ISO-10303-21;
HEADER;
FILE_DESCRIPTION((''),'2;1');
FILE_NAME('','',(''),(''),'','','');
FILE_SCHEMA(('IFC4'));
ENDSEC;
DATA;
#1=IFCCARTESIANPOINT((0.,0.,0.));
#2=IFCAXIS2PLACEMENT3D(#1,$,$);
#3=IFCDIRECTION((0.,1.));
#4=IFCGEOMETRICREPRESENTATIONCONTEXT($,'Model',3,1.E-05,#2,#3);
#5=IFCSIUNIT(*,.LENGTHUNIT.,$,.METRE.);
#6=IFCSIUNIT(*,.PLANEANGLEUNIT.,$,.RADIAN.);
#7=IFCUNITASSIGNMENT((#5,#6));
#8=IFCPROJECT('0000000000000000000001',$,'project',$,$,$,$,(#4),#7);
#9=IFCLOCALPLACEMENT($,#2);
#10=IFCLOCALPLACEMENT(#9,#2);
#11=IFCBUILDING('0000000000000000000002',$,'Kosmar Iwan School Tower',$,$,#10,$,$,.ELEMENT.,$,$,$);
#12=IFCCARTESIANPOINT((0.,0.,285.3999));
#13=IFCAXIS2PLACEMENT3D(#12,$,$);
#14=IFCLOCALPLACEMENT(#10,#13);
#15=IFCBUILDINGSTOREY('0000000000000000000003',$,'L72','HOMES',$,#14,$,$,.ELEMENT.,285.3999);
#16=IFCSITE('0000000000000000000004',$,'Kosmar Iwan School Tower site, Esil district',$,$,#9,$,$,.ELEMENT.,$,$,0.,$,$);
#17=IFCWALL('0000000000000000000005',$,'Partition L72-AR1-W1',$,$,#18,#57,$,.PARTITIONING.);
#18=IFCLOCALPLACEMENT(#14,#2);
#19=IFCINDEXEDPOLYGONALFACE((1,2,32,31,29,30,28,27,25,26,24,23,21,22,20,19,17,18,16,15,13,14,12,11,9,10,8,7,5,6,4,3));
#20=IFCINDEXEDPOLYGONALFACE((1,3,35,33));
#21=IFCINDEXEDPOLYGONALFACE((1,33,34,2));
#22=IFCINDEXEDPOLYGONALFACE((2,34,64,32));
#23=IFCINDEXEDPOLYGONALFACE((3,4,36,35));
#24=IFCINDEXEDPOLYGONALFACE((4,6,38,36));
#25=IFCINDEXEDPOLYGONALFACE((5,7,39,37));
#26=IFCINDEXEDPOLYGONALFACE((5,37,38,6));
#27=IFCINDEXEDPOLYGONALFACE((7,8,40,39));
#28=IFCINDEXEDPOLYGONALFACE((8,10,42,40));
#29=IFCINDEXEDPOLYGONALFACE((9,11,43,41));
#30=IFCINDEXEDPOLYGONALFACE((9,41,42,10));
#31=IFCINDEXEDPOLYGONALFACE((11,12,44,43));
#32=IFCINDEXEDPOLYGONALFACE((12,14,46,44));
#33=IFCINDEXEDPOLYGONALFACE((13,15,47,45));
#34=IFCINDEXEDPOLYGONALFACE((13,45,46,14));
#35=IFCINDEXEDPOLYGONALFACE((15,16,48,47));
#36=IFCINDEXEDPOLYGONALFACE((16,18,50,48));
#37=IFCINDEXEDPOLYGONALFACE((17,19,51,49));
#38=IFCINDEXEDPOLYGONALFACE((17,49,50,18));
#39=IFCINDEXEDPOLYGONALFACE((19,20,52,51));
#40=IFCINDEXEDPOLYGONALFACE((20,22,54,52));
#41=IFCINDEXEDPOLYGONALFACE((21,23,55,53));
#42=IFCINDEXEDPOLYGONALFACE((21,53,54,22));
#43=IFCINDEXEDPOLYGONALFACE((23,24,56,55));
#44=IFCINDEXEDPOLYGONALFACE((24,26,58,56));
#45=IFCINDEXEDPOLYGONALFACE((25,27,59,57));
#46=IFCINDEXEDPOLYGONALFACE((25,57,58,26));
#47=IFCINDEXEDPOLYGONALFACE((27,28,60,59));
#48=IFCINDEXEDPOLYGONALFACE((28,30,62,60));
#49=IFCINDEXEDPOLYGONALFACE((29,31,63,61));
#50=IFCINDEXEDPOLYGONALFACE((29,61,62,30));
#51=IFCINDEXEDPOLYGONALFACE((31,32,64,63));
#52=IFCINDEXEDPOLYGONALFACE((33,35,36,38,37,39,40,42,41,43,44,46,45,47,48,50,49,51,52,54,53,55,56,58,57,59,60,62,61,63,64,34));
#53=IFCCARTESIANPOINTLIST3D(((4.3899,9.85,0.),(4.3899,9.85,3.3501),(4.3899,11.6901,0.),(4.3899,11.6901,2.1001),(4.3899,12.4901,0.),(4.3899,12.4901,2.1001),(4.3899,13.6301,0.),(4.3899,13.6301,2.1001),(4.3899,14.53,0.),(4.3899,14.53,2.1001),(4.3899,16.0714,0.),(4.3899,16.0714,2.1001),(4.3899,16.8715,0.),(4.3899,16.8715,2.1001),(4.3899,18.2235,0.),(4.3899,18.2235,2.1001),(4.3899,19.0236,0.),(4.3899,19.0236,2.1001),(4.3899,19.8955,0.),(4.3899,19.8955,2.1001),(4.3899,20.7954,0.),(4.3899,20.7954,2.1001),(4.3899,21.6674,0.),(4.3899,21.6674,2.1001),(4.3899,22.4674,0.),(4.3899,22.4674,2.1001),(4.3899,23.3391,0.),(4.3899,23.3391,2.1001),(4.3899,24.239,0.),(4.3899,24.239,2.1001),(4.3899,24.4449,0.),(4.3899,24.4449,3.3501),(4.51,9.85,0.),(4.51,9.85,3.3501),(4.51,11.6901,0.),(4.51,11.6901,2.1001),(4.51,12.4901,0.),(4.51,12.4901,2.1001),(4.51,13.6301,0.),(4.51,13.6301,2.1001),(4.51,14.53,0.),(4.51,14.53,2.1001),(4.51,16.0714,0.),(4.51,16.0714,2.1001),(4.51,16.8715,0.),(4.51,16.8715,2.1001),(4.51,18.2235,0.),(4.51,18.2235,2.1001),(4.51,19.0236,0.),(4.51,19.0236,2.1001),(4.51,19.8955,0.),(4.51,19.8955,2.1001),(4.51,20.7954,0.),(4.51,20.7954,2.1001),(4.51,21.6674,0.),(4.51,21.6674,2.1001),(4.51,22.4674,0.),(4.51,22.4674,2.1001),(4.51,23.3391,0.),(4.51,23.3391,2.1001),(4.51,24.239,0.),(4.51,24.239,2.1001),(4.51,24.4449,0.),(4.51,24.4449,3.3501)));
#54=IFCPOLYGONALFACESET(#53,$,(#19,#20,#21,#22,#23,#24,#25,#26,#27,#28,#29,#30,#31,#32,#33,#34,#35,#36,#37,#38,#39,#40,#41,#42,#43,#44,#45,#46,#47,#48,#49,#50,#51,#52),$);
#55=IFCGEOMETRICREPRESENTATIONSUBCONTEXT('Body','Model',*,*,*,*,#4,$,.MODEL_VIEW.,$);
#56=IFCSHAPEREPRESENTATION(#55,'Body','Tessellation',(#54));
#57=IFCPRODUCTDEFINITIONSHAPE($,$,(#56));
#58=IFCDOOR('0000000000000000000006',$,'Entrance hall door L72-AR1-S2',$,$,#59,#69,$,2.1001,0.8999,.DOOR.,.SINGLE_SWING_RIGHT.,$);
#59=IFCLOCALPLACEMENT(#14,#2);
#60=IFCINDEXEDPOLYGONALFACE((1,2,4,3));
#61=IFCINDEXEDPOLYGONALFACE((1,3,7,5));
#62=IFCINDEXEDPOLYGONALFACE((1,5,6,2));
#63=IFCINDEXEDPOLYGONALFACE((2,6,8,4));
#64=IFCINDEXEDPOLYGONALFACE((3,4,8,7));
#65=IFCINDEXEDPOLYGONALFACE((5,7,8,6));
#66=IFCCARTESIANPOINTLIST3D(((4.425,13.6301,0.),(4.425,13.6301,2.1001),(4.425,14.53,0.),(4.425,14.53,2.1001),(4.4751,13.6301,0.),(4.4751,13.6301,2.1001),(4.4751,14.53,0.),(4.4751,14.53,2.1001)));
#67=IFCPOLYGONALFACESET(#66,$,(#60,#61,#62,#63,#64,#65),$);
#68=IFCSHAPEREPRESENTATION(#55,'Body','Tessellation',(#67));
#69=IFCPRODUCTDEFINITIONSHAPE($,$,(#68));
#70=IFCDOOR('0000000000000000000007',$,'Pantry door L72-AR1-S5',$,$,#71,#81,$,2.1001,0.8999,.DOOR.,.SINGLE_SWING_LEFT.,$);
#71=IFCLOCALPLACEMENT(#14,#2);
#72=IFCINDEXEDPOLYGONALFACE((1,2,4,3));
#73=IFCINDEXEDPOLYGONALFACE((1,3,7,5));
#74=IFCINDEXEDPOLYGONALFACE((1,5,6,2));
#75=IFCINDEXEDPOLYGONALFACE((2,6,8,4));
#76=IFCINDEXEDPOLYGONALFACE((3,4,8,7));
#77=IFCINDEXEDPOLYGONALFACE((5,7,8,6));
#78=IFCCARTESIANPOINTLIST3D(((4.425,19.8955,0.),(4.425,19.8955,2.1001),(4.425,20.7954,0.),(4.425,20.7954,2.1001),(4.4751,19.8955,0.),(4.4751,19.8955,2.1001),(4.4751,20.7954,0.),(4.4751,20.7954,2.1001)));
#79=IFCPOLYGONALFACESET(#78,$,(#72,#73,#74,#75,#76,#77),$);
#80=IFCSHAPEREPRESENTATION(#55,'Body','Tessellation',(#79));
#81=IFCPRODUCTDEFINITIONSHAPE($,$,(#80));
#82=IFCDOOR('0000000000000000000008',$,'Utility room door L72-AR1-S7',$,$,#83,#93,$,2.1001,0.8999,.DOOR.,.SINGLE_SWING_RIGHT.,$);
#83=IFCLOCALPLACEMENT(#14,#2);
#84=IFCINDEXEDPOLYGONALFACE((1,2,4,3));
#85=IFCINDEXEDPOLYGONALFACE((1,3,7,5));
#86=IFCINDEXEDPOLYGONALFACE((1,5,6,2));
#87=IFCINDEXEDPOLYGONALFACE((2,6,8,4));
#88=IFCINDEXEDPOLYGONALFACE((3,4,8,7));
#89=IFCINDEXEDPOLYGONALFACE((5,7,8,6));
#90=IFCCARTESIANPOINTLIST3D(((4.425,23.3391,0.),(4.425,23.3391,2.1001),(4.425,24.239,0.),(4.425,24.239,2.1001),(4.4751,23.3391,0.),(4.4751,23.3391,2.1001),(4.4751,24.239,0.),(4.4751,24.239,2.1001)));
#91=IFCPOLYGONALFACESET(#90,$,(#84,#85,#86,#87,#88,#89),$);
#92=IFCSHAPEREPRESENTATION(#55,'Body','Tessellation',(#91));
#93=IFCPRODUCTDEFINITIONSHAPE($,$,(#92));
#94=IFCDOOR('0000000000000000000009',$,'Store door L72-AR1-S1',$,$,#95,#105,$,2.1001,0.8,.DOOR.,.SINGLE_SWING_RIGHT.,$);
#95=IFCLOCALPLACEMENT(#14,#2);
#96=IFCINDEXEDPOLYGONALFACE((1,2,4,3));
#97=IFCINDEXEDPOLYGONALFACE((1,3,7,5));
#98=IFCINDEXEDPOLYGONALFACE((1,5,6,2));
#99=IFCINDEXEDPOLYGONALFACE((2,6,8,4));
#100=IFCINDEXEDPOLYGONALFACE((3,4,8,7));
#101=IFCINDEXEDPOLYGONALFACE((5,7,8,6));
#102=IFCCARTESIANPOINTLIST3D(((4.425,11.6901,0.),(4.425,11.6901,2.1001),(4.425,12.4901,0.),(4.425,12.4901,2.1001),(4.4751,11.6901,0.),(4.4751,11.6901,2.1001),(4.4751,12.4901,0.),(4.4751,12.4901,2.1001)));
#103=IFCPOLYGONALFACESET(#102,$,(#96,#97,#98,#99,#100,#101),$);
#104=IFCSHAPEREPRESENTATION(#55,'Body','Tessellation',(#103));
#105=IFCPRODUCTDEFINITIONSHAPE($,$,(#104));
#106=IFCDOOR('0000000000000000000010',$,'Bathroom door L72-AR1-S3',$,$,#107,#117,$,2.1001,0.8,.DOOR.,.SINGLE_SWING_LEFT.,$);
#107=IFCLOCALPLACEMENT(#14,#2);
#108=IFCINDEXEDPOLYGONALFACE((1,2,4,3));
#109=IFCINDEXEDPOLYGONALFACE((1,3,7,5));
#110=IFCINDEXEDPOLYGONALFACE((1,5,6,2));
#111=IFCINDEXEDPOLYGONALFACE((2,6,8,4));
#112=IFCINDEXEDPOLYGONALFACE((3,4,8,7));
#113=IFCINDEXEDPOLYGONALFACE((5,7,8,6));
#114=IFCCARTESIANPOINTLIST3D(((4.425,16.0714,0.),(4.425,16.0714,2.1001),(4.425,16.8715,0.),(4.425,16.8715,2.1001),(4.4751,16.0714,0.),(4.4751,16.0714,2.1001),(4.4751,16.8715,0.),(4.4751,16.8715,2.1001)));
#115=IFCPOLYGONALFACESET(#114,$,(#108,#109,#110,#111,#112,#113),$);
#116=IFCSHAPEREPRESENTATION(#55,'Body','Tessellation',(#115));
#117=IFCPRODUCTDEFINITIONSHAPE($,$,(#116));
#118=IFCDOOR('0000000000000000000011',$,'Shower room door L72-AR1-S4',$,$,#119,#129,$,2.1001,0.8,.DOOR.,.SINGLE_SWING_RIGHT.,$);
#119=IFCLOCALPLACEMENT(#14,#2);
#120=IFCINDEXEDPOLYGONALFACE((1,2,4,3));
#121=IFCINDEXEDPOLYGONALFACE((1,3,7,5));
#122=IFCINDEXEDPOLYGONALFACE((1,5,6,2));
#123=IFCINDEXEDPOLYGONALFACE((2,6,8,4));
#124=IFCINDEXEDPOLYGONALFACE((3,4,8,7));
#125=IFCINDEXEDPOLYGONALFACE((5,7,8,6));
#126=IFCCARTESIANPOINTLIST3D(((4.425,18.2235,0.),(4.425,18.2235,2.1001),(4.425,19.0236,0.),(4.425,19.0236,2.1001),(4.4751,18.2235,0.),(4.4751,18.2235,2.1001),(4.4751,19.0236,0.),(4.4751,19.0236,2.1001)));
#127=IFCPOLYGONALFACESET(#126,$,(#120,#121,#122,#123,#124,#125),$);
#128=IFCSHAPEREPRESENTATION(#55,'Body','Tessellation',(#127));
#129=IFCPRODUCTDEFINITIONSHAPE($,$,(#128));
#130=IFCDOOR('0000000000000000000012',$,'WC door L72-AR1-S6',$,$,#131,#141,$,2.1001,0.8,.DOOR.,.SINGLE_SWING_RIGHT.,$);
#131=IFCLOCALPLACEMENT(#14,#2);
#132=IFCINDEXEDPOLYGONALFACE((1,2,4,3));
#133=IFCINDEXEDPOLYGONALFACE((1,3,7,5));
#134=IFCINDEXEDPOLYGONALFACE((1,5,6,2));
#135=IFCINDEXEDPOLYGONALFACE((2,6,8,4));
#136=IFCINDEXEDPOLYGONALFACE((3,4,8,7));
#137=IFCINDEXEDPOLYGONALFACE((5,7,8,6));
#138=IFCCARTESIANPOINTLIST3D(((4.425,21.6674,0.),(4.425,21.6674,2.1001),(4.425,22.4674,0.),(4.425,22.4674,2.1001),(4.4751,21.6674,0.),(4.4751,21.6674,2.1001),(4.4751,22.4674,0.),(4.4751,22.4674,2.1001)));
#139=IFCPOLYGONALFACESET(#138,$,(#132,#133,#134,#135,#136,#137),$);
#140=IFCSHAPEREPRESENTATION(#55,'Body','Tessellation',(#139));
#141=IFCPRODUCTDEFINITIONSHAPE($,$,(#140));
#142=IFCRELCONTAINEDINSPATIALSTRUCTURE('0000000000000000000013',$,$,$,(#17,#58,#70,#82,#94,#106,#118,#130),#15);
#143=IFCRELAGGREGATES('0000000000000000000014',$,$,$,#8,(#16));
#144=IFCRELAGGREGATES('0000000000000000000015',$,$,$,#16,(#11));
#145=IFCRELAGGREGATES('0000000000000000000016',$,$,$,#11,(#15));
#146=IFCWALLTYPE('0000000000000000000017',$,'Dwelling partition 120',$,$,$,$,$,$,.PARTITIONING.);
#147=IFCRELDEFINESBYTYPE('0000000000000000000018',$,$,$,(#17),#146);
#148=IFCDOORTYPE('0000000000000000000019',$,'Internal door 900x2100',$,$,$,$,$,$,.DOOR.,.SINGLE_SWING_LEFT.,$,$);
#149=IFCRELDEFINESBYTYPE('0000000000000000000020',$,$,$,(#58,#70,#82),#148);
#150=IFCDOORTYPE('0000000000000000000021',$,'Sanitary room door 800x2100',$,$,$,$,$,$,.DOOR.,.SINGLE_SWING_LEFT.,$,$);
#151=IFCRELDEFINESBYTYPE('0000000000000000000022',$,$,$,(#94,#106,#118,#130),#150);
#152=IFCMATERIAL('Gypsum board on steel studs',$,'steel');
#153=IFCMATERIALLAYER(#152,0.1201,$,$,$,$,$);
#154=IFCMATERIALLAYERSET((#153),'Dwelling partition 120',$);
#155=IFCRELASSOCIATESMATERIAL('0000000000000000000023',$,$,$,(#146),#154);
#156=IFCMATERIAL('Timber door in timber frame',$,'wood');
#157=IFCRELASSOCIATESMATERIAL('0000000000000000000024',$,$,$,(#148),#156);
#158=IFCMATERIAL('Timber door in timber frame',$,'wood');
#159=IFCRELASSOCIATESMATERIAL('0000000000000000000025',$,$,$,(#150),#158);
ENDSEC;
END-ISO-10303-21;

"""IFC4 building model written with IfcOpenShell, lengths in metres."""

from ifc_helpers import new_model, si_unit, direction, frame, frame_2d, origin, place, context, subcontext, project, spatial, rectangle, extrude, material, layer, layer_set, type_object, element, fill, save


model = new_model("IFC4")

# Units and contexts
model_context = context("Model", 3, precision=1e-05, world=origin(), true_north=direction((0.0, 1.0)))
body_context = subcontext(model_context, "Body", "Model", "MODEL_VIEW")
ifc_project = project(units=[si_unit("LENGTHUNIT", "METRE"), si_unit("PLANEANGLEUNIT", "RADIAN")], contexts=[model_context])

# Site, building, storey
site_placement = place(None, origin())
site = spatial("IfcSite", under=ifc_project, at=site_placement, Name="Kosmar Iwan School Tower site, Esil district", CompositionType="ELEMENT", RefElevation=0.0)
building_placement = place(site_placement, origin())
building = spatial("IfcBuilding", under=site, at=building_placement, Name="Kosmar Iwan School Tower", CompositionType="ELEMENT")
storey_placement = place(building_placement, frame((0.0, 0.0, 285.3999)))
storey = spatial("IfcBuildingStorey", under=building, at=storey_placement, Name="L72", Description="HOMES", CompositionType="ELEMENT", Elevation=285.3999)

# Wall, openings, doors
ifc_material_1 = material(Name="Gypsum board on steel studs", Category="steel")
ifc_layer_1 = layer(ifc_material_1, 0.1201)
ifc_layer_set_1 = layer_set([ifc_layer_1], Name="Dwelling partition 120")
wall_type_1 = type_object("IfcWallType", Name="Dwelling partition 120", PredefinedType="PARTITIONING", material=ifc_layer_set_1)
wall_1_placement = place(storey_placement, frame((4.45, 9.8501, 0.0), z_axis=(0.0, 0.0, 1.0), x_axis=(0.0, 1.0, 0.0)))
wall_1 = element("IfcWall", 1, at=wall_1_placement, inside=storey, type_object=wall_type_1, Name="Partition L72-AR1-W1", PredefinedType="PARTITIONING", context=body_context, shape_type="SweptSolid", body=[
    extrude(rectangle(XDim=14.595, YDim=0.1201, at=frame_2d((7.2974, 0.0))), origin(), (0.0, 0.0, 1.0), 3.3501),
])
opening_1_placement = place(wall_1_placement, frame((1.8401, 0.0, 0.0)))
opening_1 = element("IfcOpeningElement", 2, at=opening_1_placement, cuts=wall_1, PredefinedType="OPENING", context=body_context, shape_type="SweptSolid", body=[
    extrude(rectangle(XDim=0.8, YDim=2.1001, at=frame_2d((0.3999, 1.05))), frame((0.0, 0.072, 0.0), z_axis=(0.0, -1.0, 0.0), x_axis=(1.0, 0.0, 0.0)), (0.0, 0.0, 1.0), 0.144),
])
opening_2_placement = place(wall_1_placement, frame((3.78, 0.0, 0.0)))
opening_2 = element("IfcOpeningElement", 3, at=opening_2_placement, cuts=wall_1, PredefinedType="OPENING", context=body_context, shape_type="SweptSolid", body=[
    extrude(rectangle(XDim=0.8999, YDim=2.1001, at=frame_2d((0.45, 1.05))), frame((0.0, 0.072, 0.0), z_axis=(0.0, -1.0, 0.0), x_axis=(1.0, 0.0, 0.0)), (0.0, 0.0, 1.0), 0.144),
])
opening_3_placement = place(wall_1_placement, frame((6.2214, 0.0, 0.0)))
opening_3 = element("IfcOpeningElement", 4, at=opening_3_placement, cuts=wall_1, PredefinedType="OPENING", context=body_context, shape_type="SweptSolid", body=[
    extrude(rectangle(XDim=0.8, YDim=2.1001, at=frame_2d((0.3999, 1.05))), frame((0.0, 0.072, 0.0), z_axis=(0.0, -1.0, 0.0), x_axis=(1.0, 0.0, 0.0)), (0.0, 0.0, 1.0), 0.144),
])
opening_4_placement = place(wall_1_placement, frame((8.3735, 0.0, 0.0)))
opening_4 = element("IfcOpeningElement", 5, at=opening_4_placement, cuts=wall_1, PredefinedType="OPENING", context=body_context, shape_type="SweptSolid", body=[
    extrude(rectangle(XDim=0.8, YDim=2.1001, at=frame_2d((0.3999, 1.05))), frame((0.0, 0.072, 0.0), z_axis=(0.0, -1.0, 0.0), x_axis=(1.0, 0.0, 0.0)), (0.0, 0.0, 1.0), 0.144),
])
opening_5_placement = place(wall_1_placement, frame((10.0454, 0.0, 0.0)))
opening_5 = element("IfcOpeningElement", 6, at=opening_5_placement, cuts=wall_1, PredefinedType="OPENING", context=body_context, shape_type="SweptSolid", body=[
    extrude(rectangle(XDim=0.8999, YDim=2.1001, at=frame_2d((0.45, 1.05))), frame((0.0, 0.072, 0.0), z_axis=(0.0, -1.0, 0.0), x_axis=(1.0, 0.0, 0.0)), (0.0, 0.0, 1.0), 0.144),
])
opening_6_placement = place(wall_1_placement, frame((11.8174, 0.0, 0.0)))
opening_6 = element("IfcOpeningElement", 7, at=opening_6_placement, cuts=wall_1, PredefinedType="OPENING", context=body_context, shape_type="SweptSolid", body=[
    extrude(rectangle(XDim=0.8, YDim=2.1001, at=frame_2d((0.3999, 1.05))), frame((0.0, 0.072, 0.0), z_axis=(0.0, -1.0, 0.0), x_axis=(1.0, 0.0, 0.0)), (0.0, 0.0, 1.0), 0.144),
])
opening_7_placement = place(wall_1_placement, frame((13.489, 0.0, 0.0)))
opening_7 = element("IfcOpeningElement", 8, at=opening_7_placement, cuts=wall_1, PredefinedType="OPENING", context=body_context, shape_type="SweptSolid", body=[
    extrude(rectangle(XDim=0.8999, YDim=2.1001, at=frame_2d((0.45, 1.05))), frame((0.0, 0.072, 0.0), z_axis=(0.0, -1.0, 0.0), x_axis=(1.0, 0.0, 0.0)), (0.0, 0.0, 1.0), 0.144),
])
ifc_material_2 = material(Name="Timber door in timber frame", Category="wood")
door_type_1 = type_object("IfcDoorType", Name="Internal door 900x2100", OperationType="SINGLE_SWING_LEFT", PredefinedType="DOOR", material=ifc_material_2)
door_1_placement = place(opening_2_placement, origin())
door_1 = element("IfcDoor", 9, at=door_1_placement, inside=storey, type_object=door_type_1, Name="Entrance hall door L72-AR1-S2", OperationType="SINGLE_SWING_RIGHT", OverallHeight=2.1001, OverallWidth=0.8999, PredefinedType="DOOR", context=body_context, shape_type="SweptSolid", body=[
    extrude(rectangle(XDim=0.8999, YDim=2.1001, at=frame_2d((0.45, 1.05))), frame((0.0, 0.0249, 0.0), z_axis=(0.0, -1.0, 0.0), x_axis=(1.0, 0.0, 0.0)), (0.0, 0.0, 1.0), 0.05),
])
fill(opening_2, door_1)
door_2_placement = place(opening_5_placement, origin())
door_2 = element("IfcDoor", 10, at=door_2_placement, inside=storey, type_object=door_type_1, Name="Pantry door L72-AR1-S5", OperationType="SINGLE_SWING_LEFT", OverallHeight=2.1001, OverallWidth=0.8999, PredefinedType="DOOR", context=body_context, shape_type="SweptSolid", body=[
    extrude(rectangle(XDim=0.8999, YDim=2.1001, at=frame_2d((0.45, 1.05))), frame((0.0, 0.0249, 0.0), z_axis=(0.0, -1.0, 0.0), x_axis=(1.0, 0.0, 0.0)), (0.0, 0.0, 1.0), 0.05),
])
fill(opening_5, door_2)
door_3_placement = place(opening_7_placement, origin())
door_3 = element("IfcDoor", 11, at=door_3_placement, inside=storey, type_object=door_type_1, Name="Utility room door L72-AR1-S7", OperationType="SINGLE_SWING_RIGHT", OverallHeight=2.1001, OverallWidth=0.8999, PredefinedType="DOOR", context=body_context, shape_type="SweptSolid", body=[
    extrude(rectangle(XDim=0.8999, YDim=2.1001, at=frame_2d((0.45, 1.05))), frame((0.0, 0.0249, 0.0), z_axis=(0.0, -1.0, 0.0), x_axis=(1.0, 0.0, 0.0)), (0.0, 0.0, 1.0), 0.05),
])
fill(opening_7, door_3)
ifc_material_3 = material(Name="Timber door in timber frame", Category="wood")
door_type_2 = type_object("IfcDoorType", Name="Sanitary room door 800x2100", OperationType="SINGLE_SWING_LEFT", PredefinedType="DOOR", material=ifc_material_3)
door_4_placement = place(opening_1_placement, origin())
door_4 = element("IfcDoor", 12, at=door_4_placement, inside=storey, type_object=door_type_2, Name="Store door L72-AR1-S1", OperationType="SINGLE_SWING_RIGHT", OverallHeight=2.1001, OverallWidth=0.8, PredefinedType="DOOR", context=body_context, shape_type="SweptSolid", body=[
    extrude(rectangle(XDim=0.8, YDim=2.1001, at=frame_2d((0.3999, 1.05))), frame((0.0, 0.0249, 0.0), z_axis=(0.0, -1.0, 0.0), x_axis=(1.0, 0.0, 0.0)), (0.0, 0.0, 1.0), 0.05),
])
fill(opening_1, door_4)
door_5_placement = place(opening_3_placement, origin())
door_5 = element("IfcDoor", 13, at=door_5_placement, inside=storey, type_object=door_type_2, Name="Bathroom door L72-AR1-S3", OperationType="SINGLE_SWING_LEFT", OverallHeight=2.1001, OverallWidth=0.8, PredefinedType="DOOR", context=body_context, shape_type="SweptSolid", body=[
    extrude(rectangle(XDim=0.8, YDim=2.1001, at=frame_2d((0.3999, 1.05))), frame((0.0, 0.0249, 0.0), z_axis=(0.0, -1.0, 0.0), x_axis=(1.0, 0.0, 0.0)), (0.0, 0.0, 1.0), 0.05),
])
fill(opening_3, door_5)
door_6_placement = place(opening_4_placement, origin())
door_6 = element("IfcDoor", 14, at=door_6_placement, inside=storey, type_object=door_type_2, Name="Shower room door L72-AR1-S4", OperationType="SINGLE_SWING_RIGHT", OverallHeight=2.1001, OverallWidth=0.8, PredefinedType="DOOR", context=body_context, shape_type="SweptSolid", body=[
    extrude(rectangle(XDim=0.8, YDim=2.1001, at=frame_2d((0.3999, 1.05))), frame((0.0, 0.0249, 0.0), z_axis=(0.0, -1.0, 0.0), x_axis=(1.0, 0.0, 0.0)), (0.0, 0.0, 1.0), 0.05),
])
fill(opening_4, door_6)
door_7_placement = place(opening_6_placement, origin())
door_7 = element("IfcDoor", 15, at=door_7_placement, inside=storey, type_object=door_type_2, Name="WC door L72-AR1-S6", OperationType="SINGLE_SWING_RIGHT", OverallHeight=2.1001, OverallWidth=0.8, PredefinedType="DOOR", context=body_context, shape_type="SweptSolid", body=[
    extrude(rectangle(XDim=0.8, YDim=2.1001, at=frame_2d((0.3999, 1.05))), frame((0.0, 0.0249, 0.0), z_axis=(0.0, -1.0, 0.0), x_axis=(1.0, 0.0, 0.0)), (0.0, 0.0, 1.0), 0.05),
])
fill(opening_6, door_7)

save(model, "model.ifc")
